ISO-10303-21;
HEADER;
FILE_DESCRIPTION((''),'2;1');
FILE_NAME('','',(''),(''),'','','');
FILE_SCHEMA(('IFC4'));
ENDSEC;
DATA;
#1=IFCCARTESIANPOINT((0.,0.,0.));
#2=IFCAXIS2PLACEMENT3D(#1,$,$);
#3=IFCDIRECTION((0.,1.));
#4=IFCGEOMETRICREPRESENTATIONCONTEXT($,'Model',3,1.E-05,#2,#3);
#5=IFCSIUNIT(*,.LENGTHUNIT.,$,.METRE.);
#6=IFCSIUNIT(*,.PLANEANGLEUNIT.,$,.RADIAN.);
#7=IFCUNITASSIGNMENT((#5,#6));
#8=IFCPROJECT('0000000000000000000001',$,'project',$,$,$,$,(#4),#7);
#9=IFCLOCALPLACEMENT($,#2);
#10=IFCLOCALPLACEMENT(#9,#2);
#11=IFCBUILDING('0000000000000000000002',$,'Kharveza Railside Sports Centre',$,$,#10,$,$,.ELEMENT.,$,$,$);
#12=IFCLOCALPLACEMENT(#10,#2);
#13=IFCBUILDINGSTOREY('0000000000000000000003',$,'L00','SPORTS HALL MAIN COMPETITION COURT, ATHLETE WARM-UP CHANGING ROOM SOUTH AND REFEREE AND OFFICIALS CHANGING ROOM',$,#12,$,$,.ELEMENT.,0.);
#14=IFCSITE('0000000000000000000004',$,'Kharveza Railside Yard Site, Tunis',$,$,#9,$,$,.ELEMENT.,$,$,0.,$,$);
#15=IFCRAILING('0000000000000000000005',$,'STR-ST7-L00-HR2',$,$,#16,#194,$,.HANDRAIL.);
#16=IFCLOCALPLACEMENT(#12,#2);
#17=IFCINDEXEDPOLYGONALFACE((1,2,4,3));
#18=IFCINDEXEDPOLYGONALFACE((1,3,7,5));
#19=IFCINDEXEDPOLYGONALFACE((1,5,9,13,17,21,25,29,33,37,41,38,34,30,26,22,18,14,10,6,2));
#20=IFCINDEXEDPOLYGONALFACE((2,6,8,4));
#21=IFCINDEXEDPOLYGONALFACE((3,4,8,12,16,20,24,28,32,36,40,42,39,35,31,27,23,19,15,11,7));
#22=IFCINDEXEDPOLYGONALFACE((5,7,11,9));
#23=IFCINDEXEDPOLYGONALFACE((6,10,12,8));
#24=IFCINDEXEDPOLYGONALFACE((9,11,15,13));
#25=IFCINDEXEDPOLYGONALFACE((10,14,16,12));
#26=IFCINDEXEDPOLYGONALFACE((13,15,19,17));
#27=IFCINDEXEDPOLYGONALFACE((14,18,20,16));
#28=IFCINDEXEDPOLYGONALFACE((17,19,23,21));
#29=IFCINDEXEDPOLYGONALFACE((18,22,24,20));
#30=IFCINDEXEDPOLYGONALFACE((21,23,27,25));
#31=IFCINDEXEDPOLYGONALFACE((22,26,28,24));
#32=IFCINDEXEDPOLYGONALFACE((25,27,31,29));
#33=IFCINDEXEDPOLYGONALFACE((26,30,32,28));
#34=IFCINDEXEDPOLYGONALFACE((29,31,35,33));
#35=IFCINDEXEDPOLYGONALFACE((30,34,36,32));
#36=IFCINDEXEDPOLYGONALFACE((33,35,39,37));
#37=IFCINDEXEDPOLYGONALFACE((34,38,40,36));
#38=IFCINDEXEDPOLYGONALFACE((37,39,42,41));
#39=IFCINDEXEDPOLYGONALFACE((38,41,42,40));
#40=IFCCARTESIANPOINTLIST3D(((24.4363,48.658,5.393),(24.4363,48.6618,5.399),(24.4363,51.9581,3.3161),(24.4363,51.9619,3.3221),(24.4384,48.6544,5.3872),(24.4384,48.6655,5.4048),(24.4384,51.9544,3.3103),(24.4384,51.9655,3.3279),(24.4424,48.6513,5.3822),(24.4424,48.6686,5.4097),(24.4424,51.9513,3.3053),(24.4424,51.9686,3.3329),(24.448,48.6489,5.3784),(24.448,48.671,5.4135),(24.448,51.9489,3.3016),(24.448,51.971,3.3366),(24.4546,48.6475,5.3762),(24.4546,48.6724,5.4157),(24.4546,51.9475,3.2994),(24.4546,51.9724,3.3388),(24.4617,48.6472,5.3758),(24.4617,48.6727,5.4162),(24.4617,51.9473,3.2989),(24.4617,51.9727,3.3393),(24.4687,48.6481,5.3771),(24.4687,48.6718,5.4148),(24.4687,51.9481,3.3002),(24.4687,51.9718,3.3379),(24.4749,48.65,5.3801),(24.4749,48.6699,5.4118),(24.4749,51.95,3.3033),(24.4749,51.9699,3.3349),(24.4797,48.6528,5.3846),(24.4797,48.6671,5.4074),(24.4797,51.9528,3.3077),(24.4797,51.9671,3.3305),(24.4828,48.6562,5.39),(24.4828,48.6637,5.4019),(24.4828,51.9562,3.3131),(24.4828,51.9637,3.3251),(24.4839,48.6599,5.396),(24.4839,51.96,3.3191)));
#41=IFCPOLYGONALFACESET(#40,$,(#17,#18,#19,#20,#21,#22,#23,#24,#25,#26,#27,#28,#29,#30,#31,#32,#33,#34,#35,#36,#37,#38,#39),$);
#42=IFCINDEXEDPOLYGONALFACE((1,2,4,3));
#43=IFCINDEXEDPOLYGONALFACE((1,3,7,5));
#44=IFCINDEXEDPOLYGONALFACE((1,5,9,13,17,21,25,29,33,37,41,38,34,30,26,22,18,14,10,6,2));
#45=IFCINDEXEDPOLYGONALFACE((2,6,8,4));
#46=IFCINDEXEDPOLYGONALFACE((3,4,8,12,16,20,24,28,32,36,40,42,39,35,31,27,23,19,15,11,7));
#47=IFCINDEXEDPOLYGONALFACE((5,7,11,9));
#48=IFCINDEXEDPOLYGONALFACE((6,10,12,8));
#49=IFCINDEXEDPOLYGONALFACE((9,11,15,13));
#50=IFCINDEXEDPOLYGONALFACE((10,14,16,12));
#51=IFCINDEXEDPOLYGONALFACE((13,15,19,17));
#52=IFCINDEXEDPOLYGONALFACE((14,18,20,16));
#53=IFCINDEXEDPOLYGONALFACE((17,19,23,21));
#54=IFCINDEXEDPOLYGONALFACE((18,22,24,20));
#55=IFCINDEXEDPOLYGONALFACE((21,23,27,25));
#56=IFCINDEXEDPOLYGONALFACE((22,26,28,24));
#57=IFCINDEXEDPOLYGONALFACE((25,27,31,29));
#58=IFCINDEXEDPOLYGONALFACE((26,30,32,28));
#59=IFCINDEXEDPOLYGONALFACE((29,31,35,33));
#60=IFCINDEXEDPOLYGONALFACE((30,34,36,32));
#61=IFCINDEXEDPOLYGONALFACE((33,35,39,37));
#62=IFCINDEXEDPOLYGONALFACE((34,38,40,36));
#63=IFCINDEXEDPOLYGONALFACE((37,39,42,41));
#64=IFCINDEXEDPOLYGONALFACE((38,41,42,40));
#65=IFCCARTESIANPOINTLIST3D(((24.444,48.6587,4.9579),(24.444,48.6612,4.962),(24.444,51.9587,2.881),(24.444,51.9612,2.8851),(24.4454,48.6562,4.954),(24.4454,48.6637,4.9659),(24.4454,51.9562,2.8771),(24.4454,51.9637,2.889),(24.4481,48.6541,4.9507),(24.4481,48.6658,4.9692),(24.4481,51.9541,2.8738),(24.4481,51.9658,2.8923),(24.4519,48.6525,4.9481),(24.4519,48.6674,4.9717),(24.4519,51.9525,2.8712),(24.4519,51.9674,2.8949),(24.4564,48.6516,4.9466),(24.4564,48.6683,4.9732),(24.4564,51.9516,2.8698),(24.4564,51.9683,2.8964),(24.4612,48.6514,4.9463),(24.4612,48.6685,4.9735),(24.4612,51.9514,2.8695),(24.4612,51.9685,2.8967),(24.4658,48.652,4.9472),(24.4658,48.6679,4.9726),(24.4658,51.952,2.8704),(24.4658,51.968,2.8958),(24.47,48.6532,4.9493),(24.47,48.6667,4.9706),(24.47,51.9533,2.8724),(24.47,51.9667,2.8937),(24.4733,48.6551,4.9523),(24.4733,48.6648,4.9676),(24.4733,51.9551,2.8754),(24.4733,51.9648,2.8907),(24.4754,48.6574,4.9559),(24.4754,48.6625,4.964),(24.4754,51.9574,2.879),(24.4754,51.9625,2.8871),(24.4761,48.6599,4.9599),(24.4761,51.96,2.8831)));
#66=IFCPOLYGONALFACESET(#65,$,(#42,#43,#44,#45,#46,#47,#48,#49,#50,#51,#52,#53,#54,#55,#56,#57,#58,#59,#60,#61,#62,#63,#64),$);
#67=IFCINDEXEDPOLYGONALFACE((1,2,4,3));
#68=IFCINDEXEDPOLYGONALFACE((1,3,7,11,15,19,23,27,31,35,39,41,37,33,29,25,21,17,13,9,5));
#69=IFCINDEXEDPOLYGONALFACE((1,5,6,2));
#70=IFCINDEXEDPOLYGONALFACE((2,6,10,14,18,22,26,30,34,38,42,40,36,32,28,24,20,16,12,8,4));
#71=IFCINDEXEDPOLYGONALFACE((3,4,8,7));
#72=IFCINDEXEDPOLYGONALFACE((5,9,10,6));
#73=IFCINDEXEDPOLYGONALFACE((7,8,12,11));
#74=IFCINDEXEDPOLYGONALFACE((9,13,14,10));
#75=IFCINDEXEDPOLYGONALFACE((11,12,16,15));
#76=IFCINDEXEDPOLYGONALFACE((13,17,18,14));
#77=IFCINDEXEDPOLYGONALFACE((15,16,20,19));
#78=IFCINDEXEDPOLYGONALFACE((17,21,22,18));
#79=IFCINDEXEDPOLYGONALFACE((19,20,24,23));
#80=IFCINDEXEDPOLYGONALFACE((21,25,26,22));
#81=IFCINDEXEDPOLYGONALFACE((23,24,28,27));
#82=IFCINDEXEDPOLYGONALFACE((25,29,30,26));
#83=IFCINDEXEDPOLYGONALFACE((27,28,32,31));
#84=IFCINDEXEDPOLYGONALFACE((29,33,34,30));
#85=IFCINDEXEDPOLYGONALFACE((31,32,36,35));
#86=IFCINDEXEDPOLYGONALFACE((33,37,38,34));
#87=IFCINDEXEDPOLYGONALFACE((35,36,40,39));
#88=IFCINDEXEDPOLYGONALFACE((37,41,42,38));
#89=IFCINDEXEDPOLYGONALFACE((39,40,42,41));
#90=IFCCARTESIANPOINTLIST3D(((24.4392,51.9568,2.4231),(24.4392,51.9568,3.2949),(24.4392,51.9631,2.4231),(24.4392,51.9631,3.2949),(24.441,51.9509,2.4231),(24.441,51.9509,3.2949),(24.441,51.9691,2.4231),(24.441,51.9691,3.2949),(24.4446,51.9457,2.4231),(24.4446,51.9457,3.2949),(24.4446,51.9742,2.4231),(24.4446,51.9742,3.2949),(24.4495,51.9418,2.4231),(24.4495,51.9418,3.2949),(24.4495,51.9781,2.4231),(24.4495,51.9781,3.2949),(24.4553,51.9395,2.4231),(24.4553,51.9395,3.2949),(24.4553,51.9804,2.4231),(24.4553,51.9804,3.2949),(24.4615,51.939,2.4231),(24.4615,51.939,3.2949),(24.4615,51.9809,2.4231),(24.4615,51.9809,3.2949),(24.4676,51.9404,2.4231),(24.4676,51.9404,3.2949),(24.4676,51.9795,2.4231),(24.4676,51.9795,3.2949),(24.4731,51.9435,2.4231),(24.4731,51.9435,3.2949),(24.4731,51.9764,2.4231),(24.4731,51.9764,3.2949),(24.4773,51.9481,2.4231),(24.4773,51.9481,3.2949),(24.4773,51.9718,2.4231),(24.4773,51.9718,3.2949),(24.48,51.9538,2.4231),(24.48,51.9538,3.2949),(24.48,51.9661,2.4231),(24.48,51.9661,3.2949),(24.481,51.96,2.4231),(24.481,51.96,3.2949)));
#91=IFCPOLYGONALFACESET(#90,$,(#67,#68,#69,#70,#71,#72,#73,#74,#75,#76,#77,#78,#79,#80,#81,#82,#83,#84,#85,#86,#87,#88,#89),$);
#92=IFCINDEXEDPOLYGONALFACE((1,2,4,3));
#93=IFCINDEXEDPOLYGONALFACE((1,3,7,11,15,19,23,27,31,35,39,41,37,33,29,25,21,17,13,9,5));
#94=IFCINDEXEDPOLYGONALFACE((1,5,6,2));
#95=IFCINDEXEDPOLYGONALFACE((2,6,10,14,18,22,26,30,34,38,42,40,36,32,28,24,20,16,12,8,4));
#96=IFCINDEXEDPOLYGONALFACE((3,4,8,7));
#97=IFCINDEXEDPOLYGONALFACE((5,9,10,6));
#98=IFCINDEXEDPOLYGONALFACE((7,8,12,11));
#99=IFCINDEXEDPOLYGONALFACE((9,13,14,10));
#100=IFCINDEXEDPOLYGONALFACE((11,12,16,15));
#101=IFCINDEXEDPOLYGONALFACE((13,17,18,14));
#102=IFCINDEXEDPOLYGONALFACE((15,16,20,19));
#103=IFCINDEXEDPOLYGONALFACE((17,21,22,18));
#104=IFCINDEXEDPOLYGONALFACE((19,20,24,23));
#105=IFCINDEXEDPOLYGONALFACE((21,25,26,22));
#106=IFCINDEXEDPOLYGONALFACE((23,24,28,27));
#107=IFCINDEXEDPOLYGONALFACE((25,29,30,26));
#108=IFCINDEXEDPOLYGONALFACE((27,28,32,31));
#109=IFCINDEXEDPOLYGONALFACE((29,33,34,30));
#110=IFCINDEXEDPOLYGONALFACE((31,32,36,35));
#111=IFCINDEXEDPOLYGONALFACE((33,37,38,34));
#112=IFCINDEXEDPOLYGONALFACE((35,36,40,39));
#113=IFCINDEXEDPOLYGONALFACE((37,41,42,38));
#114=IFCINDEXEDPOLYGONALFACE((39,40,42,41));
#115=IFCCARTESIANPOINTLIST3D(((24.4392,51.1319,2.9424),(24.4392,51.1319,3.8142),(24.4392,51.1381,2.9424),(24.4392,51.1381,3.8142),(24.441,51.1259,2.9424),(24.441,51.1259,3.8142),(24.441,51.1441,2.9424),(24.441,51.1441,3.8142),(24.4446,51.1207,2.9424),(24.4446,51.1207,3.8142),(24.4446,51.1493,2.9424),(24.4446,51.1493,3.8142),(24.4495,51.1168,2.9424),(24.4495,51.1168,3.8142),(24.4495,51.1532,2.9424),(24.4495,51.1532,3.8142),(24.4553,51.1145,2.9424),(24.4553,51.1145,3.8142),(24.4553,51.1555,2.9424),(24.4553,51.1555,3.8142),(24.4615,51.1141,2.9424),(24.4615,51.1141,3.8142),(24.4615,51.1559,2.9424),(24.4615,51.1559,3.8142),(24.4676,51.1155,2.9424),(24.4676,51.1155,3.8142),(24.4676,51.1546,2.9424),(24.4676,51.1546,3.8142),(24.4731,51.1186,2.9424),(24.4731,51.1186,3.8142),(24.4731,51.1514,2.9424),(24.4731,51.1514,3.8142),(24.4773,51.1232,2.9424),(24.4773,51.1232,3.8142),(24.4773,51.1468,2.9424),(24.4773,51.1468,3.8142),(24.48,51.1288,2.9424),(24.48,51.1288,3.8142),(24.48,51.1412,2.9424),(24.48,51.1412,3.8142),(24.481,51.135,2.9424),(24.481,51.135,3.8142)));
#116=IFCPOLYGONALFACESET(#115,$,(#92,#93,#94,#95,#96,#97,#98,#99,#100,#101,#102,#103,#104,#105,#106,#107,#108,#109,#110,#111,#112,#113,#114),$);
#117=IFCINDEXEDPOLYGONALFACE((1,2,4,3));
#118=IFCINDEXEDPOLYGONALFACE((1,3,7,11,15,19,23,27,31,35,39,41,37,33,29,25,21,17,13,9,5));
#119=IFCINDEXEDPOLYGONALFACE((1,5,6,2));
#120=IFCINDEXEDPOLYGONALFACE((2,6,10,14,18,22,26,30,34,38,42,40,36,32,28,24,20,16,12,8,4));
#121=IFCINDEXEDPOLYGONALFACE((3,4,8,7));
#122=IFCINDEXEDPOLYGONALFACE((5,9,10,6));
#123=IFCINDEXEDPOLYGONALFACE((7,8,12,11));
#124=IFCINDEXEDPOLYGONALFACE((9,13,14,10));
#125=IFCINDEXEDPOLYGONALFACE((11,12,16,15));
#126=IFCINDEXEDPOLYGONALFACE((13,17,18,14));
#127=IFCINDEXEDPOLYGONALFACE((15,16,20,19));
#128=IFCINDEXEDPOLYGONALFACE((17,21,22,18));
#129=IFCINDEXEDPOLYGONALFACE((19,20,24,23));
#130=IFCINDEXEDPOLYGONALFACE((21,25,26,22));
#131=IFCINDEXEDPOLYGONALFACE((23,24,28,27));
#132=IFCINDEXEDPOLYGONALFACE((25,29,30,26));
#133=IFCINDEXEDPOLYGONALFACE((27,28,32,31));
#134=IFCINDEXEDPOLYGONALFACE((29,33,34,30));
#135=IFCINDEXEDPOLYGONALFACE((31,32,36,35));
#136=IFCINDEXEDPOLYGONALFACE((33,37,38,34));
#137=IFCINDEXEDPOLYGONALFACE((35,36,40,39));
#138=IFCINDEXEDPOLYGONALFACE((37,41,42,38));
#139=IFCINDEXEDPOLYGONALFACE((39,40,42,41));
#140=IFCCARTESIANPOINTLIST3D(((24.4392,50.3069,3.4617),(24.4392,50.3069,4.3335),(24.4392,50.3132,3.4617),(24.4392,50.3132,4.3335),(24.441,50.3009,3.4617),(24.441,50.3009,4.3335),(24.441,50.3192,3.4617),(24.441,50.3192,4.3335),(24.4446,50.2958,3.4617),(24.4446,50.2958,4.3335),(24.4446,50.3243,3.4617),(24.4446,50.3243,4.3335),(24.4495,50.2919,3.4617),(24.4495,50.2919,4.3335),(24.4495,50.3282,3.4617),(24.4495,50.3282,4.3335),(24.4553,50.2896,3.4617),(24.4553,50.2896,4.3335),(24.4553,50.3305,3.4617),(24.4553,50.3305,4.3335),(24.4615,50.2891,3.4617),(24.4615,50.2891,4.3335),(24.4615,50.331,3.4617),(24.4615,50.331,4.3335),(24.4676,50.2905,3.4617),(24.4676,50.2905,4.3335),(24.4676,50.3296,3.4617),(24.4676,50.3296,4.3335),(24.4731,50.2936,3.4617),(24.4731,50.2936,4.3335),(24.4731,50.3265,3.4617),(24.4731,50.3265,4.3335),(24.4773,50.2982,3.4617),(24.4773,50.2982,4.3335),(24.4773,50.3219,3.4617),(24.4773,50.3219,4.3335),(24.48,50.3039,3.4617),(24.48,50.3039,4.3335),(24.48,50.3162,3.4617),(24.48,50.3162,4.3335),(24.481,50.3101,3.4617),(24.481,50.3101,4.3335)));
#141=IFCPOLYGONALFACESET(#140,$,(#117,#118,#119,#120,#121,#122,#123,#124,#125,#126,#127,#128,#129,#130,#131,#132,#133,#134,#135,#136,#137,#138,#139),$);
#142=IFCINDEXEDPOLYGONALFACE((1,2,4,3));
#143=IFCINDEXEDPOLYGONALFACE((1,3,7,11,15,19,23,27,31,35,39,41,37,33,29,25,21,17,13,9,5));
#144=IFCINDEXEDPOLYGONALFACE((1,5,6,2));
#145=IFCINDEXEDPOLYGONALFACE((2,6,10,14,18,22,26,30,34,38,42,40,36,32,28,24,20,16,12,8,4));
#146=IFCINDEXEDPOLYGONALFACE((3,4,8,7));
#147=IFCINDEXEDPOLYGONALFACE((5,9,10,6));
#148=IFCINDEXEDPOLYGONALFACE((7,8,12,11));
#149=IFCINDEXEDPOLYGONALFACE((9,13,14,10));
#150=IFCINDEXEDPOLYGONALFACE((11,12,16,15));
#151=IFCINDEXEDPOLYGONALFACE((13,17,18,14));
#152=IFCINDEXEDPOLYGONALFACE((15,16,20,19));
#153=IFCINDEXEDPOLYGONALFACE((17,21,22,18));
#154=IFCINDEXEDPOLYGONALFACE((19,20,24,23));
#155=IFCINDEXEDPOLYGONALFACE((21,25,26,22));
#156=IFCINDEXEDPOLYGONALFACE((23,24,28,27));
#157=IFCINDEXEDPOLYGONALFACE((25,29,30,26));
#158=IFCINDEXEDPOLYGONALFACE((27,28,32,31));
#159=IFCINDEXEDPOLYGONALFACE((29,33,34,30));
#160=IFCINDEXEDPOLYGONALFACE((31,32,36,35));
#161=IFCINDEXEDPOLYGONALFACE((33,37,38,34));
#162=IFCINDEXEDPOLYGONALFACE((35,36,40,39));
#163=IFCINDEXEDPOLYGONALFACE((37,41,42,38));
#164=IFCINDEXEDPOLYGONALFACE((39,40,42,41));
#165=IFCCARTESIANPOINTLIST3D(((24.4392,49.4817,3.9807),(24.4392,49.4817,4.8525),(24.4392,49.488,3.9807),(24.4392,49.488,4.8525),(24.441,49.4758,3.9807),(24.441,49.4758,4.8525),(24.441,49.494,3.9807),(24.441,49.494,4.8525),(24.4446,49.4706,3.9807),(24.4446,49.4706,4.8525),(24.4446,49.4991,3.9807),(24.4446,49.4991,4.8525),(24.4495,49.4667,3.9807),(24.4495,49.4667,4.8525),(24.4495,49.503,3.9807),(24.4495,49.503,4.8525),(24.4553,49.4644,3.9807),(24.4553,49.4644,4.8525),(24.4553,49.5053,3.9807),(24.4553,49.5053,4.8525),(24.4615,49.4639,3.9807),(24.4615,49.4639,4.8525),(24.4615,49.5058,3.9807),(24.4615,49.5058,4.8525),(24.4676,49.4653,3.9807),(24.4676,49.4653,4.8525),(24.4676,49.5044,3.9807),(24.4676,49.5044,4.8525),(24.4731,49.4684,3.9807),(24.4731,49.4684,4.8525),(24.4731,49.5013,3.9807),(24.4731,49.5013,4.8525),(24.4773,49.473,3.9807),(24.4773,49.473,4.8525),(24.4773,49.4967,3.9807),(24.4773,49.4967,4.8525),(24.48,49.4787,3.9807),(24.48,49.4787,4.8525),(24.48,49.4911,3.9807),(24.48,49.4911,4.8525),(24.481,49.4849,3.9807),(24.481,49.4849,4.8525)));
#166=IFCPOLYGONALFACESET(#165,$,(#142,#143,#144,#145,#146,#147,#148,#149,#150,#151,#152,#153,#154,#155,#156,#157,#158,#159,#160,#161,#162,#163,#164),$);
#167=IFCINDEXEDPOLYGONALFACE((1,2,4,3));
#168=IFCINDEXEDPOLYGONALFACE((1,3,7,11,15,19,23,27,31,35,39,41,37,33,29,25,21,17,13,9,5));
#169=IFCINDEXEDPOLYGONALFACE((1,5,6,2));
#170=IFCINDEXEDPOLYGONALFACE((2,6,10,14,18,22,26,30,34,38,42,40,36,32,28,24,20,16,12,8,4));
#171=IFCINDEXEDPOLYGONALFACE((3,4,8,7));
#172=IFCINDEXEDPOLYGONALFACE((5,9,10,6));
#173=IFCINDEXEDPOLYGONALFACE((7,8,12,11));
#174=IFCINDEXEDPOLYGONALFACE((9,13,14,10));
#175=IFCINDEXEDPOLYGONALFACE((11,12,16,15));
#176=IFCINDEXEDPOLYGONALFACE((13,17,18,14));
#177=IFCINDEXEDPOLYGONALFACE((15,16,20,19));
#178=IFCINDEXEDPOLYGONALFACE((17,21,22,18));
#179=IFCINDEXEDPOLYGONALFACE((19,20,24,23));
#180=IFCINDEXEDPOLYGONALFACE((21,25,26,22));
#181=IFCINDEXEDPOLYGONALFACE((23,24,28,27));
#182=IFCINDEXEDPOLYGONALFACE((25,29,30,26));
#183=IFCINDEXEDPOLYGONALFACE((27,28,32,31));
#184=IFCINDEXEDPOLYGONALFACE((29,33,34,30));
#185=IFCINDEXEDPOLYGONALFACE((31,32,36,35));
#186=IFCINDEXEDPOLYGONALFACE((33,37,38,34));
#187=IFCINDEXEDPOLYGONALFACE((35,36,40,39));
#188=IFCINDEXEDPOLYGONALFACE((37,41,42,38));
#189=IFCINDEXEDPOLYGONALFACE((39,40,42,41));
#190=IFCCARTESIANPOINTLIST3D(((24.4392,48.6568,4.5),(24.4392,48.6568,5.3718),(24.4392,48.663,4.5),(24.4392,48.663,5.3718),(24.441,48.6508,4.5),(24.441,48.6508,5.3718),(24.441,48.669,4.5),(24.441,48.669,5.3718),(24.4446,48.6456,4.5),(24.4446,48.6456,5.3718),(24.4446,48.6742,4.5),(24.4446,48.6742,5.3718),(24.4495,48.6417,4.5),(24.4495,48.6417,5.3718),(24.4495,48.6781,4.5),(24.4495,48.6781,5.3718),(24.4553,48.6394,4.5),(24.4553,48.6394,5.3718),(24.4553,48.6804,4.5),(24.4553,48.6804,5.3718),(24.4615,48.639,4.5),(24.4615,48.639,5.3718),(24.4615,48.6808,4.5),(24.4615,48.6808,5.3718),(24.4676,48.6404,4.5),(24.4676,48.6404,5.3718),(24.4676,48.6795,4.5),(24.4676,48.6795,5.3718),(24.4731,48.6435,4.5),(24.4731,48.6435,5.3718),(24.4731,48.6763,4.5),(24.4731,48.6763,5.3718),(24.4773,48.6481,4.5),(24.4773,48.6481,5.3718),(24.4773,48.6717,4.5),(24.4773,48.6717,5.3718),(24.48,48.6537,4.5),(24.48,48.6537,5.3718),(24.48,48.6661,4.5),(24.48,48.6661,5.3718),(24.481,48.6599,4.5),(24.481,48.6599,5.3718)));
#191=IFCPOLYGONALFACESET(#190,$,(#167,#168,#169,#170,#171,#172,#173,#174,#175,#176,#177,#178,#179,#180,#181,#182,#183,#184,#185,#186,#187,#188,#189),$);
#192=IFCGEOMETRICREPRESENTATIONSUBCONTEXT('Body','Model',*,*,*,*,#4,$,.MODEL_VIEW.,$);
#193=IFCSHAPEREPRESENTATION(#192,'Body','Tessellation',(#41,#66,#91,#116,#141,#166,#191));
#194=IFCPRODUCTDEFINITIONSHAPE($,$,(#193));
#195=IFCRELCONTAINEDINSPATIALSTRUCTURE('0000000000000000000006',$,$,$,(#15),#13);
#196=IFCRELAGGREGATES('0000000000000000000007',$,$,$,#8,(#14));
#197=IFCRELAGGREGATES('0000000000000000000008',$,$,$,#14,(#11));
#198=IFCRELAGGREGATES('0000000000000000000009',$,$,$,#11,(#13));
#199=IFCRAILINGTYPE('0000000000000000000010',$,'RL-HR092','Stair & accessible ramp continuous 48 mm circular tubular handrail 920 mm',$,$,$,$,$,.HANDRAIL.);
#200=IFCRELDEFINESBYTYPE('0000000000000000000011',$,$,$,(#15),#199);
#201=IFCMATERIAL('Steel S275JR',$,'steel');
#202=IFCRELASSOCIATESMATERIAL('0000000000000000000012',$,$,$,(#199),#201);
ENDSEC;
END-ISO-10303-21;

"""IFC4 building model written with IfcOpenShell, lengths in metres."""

from ifc_helpers import new_model, si_unit, direction, frame, origin, origin_2d, place, context, subcontext, project, spatial, circle, extrude, material, type_object, element, save


model = new_model("IFC4")

# Units and contexts
model_context = context("Model", 3, precision=1e-05, world=origin(), true_north=direction((0.0, 1.0)))
body_context = subcontext(model_context, "Body", "Model", "MODEL_VIEW")
ifc_project = project(units=[si_unit("LENGTHUNIT", "METRE"), si_unit("PLANEANGLEUNIT", "RADIAN")], contexts=[model_context])

# Site, building, storey
site_placement = place(None, origin())
site = spatial("IfcSite", under=ifc_project, at=site_placement, Name="Kharveza Railside Yard Site, Tunis", CompositionType="ELEMENT", RefElevation=0.0)
building_placement = place(site_placement, origin())
building = spatial("IfcBuilding", under=site, at=building_placement, Name="Kharveza Railside Sports Centre", CompositionType="ELEMENT")
storey_placement = place(building_placement, origin())
storey = spatial("IfcBuildingStorey", under=building, at=storey_placement, Name="L00", Description="SPORTS HALL MAIN COMPETITION COURT, ATHLETE WARM-UP CHANGING ROOM SOUTH AND REFEREE AND OFFICIALS CHANGING ROOM", CompositionType="ELEMENT", Elevation=0.0)

# Railing
ifc_material_1 = material(Name="Steel S275JR", Category="steel")
railing_type_1 = type_object("IfcRailingType", Name="RL-HR092", Description="Stair & accessible ramp continuous 48 mm circular tubular handrail 920 mm", PredefinedType="HANDRAIL", material=ifc_material_1)
railing_1_placement = place(storey_placement, frame((24.46, 51.96, 2.4231)))
element("IfcRailing", 1, at=railing_1_placement, inside=storey, type_object=railing_type_1, Name="STR-ST7-L00-HR2", PredefinedType="HANDRAIL", context=body_context, shape_type="SweptSolid", body=[
    extrude(circle(Radius=0.0239, at=origin_2d()), frame((0.0, 0.0, 0.896), z_axis=(0.0, -0.846337, 0.532647), x_axis=(1.0, 0.0, 0.0)), (0.0, 0.0, 1.0), 3.8992),
    extrude(circle(Radius=0.0161, at=origin_2d()), frame((0.0, 0.0, 0.46), z_axis=(0.0, -0.846337, 0.532647), x_axis=(1.0, 0.0, 0.0)), (0.0, 0.0, 1.0), 3.8992),
    extrude(circle(Radius=0.021, at=origin_2d()), origin(), (0.0, 0.0, 1.0), 0.8718),
    extrude(circle(Radius=0.021, at=origin_2d()), frame((0.0, -0.825, 0.5193)), (0.0, 0.0, 1.0), 0.8718),
    extrude(circle(Radius=0.021, at=origin_2d()), frame((0.0, -1.6499, 1.0386)), (0.0, 0.0, 1.0), 0.8718),
    extrude(circle(Radius=0.021, at=origin_2d()), frame((0.0, -2.4751, 1.5576)), (0.0, 0.0, 1.0), 0.8718),
    extrude(circle(Radius=0.021, at=origin_2d()), frame((0.0, -3.3, 2.0769)), (0.0, 0.0, 1.0), 0.8718),
])

save(model, "model.ifc")
